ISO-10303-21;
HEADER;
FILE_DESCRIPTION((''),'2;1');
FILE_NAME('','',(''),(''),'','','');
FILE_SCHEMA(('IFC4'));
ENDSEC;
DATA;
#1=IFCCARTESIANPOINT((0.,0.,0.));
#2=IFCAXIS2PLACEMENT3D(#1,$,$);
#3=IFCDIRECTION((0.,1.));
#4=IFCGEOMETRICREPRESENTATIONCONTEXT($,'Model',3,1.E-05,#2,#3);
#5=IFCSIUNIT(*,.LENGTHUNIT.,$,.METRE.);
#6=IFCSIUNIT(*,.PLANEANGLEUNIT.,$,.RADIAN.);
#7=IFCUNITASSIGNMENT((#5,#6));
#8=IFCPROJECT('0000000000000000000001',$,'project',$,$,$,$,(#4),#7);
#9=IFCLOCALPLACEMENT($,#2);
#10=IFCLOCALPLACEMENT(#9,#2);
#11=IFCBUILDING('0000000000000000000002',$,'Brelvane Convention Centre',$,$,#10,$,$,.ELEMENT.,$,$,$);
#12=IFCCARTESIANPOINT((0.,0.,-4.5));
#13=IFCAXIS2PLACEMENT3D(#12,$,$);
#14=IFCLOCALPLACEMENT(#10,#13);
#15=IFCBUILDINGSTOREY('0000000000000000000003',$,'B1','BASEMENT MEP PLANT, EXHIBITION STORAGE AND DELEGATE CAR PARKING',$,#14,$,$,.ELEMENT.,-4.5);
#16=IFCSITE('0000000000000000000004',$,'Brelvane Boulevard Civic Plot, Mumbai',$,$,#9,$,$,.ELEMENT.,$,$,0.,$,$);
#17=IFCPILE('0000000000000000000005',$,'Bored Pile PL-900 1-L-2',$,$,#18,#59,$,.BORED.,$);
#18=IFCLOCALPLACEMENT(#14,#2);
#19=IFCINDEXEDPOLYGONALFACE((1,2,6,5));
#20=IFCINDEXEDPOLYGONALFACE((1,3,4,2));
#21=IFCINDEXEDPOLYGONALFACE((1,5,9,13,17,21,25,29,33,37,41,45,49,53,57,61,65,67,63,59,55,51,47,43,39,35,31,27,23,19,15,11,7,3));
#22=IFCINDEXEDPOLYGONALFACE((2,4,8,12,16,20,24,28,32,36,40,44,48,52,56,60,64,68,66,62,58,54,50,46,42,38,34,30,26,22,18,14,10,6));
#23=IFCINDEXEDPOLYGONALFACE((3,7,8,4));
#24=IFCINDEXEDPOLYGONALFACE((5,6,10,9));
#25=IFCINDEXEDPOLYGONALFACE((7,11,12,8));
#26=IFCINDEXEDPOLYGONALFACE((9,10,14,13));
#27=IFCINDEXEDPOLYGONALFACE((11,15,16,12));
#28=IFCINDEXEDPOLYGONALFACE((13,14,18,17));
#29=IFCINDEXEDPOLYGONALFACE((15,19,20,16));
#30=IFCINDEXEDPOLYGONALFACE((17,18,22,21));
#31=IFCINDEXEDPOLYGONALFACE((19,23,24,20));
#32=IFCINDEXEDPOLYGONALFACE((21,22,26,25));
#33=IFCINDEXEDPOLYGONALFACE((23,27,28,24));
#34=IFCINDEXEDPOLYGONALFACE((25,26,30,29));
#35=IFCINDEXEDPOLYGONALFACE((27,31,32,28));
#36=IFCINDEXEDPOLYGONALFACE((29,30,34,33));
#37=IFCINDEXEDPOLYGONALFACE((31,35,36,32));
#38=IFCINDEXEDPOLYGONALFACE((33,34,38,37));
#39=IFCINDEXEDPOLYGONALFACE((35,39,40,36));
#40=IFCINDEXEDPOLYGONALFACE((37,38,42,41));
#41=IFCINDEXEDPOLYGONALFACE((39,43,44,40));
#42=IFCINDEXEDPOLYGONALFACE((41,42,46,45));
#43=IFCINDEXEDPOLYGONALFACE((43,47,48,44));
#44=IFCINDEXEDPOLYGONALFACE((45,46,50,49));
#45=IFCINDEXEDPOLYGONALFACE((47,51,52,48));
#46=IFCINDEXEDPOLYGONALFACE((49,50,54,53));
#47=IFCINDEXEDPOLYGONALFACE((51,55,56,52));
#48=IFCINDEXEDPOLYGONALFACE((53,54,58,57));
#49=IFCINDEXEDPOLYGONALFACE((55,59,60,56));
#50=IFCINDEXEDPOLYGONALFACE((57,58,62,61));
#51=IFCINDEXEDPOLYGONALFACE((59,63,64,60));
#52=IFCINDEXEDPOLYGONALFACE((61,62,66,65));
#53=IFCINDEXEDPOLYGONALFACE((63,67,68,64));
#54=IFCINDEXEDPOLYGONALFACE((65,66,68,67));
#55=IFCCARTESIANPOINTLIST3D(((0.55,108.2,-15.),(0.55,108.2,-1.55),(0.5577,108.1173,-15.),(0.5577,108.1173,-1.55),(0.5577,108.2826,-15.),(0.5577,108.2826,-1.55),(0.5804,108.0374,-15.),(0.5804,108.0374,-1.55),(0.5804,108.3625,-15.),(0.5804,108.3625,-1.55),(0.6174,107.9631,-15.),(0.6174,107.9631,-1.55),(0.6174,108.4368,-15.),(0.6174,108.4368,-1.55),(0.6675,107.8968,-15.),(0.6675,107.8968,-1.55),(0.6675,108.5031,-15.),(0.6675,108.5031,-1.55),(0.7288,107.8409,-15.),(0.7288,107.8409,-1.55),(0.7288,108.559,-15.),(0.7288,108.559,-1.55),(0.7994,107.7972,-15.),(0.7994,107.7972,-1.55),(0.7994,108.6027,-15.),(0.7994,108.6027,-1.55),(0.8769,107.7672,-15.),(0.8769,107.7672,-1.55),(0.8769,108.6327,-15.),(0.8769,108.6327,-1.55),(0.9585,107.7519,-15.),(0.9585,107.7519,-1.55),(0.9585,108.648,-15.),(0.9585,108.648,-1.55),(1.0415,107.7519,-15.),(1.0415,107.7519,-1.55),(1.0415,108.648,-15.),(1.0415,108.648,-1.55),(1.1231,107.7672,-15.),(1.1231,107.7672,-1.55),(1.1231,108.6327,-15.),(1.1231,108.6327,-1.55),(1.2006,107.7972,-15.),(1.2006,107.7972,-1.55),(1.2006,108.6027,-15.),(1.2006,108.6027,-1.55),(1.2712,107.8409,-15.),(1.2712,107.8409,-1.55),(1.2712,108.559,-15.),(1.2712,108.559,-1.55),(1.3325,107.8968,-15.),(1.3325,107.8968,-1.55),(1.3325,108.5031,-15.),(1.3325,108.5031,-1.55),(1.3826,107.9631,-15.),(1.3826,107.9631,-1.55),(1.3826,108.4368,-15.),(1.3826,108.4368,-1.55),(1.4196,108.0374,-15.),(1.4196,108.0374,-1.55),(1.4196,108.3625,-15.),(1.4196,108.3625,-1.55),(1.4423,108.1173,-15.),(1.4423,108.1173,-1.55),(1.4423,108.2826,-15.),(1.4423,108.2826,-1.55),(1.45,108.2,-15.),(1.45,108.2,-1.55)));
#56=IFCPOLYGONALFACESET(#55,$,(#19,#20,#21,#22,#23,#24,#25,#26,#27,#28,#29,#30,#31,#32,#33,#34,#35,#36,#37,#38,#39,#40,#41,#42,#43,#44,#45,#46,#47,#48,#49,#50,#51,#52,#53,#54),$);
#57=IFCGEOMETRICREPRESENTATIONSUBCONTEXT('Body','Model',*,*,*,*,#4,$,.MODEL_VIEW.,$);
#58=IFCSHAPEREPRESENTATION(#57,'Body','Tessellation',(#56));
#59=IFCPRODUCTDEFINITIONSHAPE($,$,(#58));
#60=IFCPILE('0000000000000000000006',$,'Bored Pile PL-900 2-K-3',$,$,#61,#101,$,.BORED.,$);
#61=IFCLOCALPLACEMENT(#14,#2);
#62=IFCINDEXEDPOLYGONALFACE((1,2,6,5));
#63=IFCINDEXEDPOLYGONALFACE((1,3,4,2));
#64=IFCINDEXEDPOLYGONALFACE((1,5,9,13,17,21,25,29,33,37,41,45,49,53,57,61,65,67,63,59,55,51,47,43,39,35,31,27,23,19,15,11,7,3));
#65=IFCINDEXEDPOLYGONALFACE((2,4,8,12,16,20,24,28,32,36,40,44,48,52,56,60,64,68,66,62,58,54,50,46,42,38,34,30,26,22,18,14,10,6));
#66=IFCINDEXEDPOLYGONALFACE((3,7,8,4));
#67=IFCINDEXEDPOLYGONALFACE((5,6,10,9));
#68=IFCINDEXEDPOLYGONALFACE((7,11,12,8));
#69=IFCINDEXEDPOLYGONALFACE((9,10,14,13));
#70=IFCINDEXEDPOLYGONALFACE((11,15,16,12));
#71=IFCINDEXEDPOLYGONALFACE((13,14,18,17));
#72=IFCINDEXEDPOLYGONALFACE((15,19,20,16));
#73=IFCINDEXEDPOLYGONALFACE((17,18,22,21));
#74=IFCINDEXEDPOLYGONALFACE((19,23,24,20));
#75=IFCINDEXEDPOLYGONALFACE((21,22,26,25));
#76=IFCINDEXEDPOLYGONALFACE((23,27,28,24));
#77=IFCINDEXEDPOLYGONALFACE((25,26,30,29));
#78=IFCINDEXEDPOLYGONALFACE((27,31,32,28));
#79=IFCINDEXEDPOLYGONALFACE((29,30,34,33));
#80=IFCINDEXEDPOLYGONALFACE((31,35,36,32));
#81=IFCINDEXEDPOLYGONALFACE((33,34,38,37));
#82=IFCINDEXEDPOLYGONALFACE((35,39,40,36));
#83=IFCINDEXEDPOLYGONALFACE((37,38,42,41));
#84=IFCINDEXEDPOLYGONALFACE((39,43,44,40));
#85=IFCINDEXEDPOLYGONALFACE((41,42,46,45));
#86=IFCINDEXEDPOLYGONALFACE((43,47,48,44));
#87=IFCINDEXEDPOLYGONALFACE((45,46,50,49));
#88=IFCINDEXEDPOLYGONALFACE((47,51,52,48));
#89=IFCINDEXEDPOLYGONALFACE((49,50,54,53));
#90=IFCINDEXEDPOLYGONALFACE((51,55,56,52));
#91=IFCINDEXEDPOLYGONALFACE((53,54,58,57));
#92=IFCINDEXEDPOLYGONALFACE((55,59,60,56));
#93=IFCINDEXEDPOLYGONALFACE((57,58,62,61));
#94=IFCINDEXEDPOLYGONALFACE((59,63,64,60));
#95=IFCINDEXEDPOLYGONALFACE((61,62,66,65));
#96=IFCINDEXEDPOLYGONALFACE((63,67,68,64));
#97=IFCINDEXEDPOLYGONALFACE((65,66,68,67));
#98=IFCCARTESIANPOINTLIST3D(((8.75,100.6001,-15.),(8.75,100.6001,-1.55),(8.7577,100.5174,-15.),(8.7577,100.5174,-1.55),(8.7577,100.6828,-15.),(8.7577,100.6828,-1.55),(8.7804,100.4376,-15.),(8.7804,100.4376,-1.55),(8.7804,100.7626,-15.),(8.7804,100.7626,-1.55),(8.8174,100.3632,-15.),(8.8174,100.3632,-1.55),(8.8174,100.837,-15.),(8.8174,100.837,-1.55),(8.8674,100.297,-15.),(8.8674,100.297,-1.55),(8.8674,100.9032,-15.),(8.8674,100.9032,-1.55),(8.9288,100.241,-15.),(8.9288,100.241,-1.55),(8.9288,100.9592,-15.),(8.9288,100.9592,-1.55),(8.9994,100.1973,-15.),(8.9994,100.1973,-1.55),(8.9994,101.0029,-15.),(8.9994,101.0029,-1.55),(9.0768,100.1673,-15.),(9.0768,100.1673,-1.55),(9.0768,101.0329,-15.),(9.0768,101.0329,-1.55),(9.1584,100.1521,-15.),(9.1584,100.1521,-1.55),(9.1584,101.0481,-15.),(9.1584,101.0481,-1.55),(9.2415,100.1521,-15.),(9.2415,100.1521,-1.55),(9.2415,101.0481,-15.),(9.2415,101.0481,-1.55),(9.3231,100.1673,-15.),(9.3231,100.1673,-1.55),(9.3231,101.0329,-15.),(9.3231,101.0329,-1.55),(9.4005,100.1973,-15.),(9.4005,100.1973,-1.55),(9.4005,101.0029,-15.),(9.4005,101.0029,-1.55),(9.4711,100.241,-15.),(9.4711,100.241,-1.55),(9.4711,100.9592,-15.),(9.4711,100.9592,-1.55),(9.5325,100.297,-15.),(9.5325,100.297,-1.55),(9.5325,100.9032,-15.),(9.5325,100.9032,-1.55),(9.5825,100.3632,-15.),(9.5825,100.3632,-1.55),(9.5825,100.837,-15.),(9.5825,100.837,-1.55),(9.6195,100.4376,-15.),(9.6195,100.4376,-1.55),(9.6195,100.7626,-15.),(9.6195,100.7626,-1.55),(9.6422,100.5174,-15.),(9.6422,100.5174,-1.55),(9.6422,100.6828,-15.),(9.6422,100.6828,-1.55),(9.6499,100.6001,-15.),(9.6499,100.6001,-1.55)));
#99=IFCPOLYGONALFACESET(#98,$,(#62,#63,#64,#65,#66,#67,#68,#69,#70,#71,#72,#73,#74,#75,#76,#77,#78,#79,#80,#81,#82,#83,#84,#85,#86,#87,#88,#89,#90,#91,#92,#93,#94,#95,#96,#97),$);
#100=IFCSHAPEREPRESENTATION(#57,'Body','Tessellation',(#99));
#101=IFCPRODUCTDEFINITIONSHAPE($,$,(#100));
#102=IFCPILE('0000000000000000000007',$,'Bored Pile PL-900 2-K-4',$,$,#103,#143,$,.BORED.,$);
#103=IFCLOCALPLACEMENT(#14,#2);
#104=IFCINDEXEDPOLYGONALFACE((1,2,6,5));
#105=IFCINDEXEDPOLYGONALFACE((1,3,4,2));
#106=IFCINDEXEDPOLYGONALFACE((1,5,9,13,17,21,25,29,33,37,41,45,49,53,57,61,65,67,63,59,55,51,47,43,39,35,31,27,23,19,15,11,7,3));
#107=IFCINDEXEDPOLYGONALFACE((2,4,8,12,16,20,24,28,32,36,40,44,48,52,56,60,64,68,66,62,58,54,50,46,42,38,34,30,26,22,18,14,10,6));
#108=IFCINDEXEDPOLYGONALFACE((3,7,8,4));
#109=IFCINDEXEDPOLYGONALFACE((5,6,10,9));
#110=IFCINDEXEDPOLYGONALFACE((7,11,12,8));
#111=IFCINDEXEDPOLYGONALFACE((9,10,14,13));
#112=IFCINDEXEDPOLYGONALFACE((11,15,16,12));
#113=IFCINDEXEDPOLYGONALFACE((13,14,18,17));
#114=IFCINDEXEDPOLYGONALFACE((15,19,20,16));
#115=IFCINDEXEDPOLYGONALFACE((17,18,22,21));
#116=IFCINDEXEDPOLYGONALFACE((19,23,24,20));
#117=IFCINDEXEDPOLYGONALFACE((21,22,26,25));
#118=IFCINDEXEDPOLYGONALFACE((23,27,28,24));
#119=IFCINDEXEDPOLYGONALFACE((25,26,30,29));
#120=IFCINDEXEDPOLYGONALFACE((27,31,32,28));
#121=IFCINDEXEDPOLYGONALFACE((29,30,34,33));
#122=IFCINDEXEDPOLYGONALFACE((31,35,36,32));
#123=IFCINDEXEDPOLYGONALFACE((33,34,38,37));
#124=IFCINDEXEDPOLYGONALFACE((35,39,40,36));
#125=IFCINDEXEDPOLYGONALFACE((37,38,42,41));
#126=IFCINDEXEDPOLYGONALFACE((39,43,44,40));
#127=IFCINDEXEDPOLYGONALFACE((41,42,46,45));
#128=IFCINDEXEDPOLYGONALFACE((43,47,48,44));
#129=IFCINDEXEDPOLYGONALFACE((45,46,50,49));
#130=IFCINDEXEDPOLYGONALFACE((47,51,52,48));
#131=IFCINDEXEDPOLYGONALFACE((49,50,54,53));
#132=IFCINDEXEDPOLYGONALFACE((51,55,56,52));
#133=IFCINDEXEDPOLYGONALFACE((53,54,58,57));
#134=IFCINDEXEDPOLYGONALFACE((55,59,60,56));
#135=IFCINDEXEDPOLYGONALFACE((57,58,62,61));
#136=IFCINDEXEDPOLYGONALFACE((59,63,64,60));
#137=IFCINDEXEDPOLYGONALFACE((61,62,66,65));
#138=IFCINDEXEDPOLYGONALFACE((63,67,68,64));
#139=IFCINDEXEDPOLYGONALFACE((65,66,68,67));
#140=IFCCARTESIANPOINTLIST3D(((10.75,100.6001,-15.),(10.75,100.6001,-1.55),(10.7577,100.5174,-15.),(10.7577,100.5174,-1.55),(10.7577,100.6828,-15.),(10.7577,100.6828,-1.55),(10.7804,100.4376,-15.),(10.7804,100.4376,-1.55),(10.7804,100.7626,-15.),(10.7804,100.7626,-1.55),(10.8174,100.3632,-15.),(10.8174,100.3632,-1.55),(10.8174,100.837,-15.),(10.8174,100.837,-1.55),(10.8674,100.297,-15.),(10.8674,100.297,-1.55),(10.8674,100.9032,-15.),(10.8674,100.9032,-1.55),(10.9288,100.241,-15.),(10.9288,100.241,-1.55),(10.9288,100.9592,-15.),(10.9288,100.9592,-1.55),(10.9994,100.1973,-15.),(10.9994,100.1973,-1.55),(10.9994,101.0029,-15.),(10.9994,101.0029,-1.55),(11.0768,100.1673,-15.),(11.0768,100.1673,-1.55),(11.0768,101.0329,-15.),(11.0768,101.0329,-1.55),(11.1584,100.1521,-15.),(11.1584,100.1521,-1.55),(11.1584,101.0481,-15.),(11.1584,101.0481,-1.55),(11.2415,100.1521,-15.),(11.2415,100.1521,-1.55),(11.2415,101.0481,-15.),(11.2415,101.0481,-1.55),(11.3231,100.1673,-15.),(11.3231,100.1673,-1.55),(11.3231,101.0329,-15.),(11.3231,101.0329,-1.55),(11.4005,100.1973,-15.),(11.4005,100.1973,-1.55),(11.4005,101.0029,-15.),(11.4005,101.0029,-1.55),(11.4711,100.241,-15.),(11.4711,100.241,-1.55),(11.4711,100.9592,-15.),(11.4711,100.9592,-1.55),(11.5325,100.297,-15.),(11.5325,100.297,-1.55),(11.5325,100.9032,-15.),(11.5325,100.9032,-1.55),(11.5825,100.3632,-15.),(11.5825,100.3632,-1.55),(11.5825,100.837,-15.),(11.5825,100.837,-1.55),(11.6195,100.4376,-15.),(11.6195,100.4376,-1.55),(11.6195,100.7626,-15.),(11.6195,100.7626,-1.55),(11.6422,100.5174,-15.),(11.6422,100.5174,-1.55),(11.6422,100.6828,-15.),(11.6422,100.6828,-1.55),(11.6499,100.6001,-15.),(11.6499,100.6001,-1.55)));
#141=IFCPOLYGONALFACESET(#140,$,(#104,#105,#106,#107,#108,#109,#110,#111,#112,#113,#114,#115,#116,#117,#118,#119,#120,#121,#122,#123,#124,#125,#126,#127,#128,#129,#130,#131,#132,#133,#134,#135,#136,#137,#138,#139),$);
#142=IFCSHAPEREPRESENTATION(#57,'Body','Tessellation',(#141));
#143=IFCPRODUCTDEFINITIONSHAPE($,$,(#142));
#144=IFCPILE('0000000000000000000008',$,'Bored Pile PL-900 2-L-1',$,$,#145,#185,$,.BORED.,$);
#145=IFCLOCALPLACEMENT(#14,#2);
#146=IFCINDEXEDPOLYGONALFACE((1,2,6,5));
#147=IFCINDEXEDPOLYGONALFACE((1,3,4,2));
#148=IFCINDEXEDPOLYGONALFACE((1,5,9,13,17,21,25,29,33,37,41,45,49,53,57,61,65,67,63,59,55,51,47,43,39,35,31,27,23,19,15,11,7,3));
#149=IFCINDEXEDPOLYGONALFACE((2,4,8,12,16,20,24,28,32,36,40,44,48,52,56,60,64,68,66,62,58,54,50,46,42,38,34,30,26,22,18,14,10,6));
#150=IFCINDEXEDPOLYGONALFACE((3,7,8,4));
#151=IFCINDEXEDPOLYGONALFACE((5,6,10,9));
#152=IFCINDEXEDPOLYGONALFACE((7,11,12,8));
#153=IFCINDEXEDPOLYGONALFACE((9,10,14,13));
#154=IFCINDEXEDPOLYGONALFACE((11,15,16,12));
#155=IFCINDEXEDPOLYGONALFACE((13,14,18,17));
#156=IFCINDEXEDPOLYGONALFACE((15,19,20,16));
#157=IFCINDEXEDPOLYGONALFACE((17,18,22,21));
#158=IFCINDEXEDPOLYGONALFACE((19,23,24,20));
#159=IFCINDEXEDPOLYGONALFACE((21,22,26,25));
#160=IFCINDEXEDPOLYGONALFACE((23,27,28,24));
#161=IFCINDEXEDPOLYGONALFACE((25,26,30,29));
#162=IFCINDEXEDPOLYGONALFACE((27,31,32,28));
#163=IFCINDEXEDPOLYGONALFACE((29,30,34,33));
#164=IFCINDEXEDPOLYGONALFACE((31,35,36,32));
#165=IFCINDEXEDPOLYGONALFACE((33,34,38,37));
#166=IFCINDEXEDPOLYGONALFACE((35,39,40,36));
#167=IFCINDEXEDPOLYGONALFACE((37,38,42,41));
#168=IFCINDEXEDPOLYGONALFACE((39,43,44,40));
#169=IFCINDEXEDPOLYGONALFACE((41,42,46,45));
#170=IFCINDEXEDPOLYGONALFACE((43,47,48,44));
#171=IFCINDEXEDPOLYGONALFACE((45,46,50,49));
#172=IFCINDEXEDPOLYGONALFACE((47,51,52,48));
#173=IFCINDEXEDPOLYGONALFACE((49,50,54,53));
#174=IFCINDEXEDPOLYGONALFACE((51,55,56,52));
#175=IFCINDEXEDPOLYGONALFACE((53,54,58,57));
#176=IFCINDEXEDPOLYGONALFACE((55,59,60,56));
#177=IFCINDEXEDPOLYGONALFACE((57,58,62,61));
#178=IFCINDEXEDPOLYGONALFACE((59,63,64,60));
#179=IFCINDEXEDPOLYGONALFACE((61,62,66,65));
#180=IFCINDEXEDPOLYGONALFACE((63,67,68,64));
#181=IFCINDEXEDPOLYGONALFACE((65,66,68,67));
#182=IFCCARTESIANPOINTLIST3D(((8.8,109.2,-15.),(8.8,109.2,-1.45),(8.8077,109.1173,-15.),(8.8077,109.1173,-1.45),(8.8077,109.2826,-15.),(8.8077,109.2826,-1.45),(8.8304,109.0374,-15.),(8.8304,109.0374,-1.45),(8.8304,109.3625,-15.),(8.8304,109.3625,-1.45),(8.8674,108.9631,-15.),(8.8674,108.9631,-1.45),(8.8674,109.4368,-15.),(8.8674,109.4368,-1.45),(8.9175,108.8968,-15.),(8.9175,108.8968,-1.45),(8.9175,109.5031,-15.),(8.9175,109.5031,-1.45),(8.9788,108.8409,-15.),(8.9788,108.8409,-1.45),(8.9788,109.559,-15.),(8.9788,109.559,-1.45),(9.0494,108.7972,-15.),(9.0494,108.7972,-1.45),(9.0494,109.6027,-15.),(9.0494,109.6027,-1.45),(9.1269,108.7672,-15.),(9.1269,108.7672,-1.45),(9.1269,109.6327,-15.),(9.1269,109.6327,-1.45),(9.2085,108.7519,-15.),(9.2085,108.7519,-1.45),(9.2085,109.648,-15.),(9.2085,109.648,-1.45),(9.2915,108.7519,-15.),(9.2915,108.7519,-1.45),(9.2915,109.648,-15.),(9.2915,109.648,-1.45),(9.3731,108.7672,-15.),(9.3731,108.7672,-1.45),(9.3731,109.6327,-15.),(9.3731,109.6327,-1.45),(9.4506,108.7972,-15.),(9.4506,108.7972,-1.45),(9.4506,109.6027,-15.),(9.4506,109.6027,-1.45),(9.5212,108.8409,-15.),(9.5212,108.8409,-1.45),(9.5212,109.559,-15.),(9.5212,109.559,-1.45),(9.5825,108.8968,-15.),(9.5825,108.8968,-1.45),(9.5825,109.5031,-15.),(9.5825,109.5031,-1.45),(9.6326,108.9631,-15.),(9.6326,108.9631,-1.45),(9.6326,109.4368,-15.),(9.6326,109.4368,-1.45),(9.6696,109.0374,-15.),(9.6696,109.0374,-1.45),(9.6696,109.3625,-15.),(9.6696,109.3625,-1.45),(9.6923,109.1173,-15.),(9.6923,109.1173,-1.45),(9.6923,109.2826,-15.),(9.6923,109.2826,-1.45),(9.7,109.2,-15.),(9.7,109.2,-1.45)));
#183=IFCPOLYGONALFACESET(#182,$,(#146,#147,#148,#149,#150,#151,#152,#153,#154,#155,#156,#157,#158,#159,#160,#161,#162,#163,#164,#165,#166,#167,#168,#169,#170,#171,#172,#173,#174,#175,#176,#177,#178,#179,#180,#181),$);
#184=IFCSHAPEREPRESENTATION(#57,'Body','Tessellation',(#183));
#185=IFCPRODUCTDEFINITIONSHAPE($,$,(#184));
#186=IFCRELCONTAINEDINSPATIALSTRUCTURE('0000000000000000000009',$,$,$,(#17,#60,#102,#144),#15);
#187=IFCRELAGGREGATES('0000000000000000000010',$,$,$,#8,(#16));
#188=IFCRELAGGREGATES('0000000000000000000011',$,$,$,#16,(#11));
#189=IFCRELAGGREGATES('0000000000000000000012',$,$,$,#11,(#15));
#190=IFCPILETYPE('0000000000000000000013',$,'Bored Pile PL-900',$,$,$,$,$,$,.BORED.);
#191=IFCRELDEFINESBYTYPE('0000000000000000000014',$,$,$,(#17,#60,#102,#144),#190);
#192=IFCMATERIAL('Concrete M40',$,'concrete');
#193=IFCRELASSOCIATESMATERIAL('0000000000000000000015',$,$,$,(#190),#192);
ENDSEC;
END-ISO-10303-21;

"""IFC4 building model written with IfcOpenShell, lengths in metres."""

from ifc_helpers import new_model, si_unit, direction, frame, origin, origin_2d, place, context, subcontext, project, spatial, circle, extrude, material, material_profile, profile_set, type_object, element, save


model = new_model("IFC4")

# Units and contexts
model_context = context("Model", 3, precision=1e-05, world=origin(), true_north=direction((0.0, 1.0)))
body_context = subcontext(model_context, "Body", "Model", "MODEL_VIEW")
ifc_project = project(units=[si_unit("LENGTHUNIT", "METRE"), si_unit("PLANEANGLEUNIT", "RADIAN")], contexts=[model_context])

# Site, building, storey
site_placement = place(None, origin())
site = spatial("IfcSite", under=ifc_project, at=site_placement, Name="Brelvane Boulevard Civic Plot, Mumbai", CompositionType="ELEMENT", RefElevation=0.0)
building_placement = place(site_placement, origin())
building = spatial("IfcBuilding", under=site, at=building_placement, Name="Brelvane Convention Centre", CompositionType="ELEMENT")
storey_placement = place(building_placement, frame((0.0, 0.0, -4.5)))
storey = spatial("IfcBuildingStorey", under=building, at=storey_placement, Name="B1", Description="BASEMENT MEP PLANT, EXHIBITION STORAGE AND DELEGATE CAR PARKING", CompositionType="ELEMENT", Elevation=-4.5)

# Piles
ifc_material_1 = material(Name="Concrete M40", Category="concrete")
ifc_material_profile_1 = material_profile(ifc_material_1, circle(Radius=0.45, at=origin_2d()), Name="PILE D900")
ifc_profile_set_1 = profile_set([ifc_material_profile_1], Name="Concrete M40")
pile_type_1 = type_object("IfcPileType", Name="Bored Pile PL-900", PredefinedType="BORED", material=ifc_profile_set_1)
for number, where, z_axis, x_axis, name in (
    (1, (1.0, 108.2, -1.55), (0.0, 0.0, -1.0), (1.0, 0.0, 0.0), "Bored Pile PL-900 1-L-2"),
    (2, (9.2, 100.6001, -1.55), (0.0, 0.0, -1.0), (1.0, 0.0, 0.0), "Bored Pile PL-900 2-K-3"),
    (3, (11.2, 100.6001, -1.55), (0.0, 0.0, -1.0), (1.0, 0.0, 0.0), "Bored Pile PL-900 2-K-4"),
):
    element("IfcPile", number, at=place(storey_placement, frame(where, z_axis=z_axis, x_axis=x_axis)), inside=storey, type_object=pile_type_1, Name=name, PredefinedType="BORED", context=body_context, shape_type="SweptSolid", body=[
        extrude(circle(Radius=0.45, at=origin_2d()), origin(), (0.0, 0.0, 1.0), 13.45),
    ])
for number, where, z_axis, x_axis, name in (
    (4, (9.25, 109.2, -1.45), (0.0, 0.0, -1.0), (1.0, 0.0, 0.0), "Bored Pile PL-900 2-L-1"),
):
    element("IfcPile", number, at=place(storey_placement, frame(where, z_axis=z_axis, x_axis=x_axis)), inside=storey, type_object=pile_type_1, Name=name, PredefinedType="BORED", context=body_context, shape_type="SweptSolid", body=[
        extrude(circle(Radius=0.45, at=origin_2d()), origin(), (0.0, 0.0, 1.0), 13.55),
    ])

save(model, "model.ifc")
